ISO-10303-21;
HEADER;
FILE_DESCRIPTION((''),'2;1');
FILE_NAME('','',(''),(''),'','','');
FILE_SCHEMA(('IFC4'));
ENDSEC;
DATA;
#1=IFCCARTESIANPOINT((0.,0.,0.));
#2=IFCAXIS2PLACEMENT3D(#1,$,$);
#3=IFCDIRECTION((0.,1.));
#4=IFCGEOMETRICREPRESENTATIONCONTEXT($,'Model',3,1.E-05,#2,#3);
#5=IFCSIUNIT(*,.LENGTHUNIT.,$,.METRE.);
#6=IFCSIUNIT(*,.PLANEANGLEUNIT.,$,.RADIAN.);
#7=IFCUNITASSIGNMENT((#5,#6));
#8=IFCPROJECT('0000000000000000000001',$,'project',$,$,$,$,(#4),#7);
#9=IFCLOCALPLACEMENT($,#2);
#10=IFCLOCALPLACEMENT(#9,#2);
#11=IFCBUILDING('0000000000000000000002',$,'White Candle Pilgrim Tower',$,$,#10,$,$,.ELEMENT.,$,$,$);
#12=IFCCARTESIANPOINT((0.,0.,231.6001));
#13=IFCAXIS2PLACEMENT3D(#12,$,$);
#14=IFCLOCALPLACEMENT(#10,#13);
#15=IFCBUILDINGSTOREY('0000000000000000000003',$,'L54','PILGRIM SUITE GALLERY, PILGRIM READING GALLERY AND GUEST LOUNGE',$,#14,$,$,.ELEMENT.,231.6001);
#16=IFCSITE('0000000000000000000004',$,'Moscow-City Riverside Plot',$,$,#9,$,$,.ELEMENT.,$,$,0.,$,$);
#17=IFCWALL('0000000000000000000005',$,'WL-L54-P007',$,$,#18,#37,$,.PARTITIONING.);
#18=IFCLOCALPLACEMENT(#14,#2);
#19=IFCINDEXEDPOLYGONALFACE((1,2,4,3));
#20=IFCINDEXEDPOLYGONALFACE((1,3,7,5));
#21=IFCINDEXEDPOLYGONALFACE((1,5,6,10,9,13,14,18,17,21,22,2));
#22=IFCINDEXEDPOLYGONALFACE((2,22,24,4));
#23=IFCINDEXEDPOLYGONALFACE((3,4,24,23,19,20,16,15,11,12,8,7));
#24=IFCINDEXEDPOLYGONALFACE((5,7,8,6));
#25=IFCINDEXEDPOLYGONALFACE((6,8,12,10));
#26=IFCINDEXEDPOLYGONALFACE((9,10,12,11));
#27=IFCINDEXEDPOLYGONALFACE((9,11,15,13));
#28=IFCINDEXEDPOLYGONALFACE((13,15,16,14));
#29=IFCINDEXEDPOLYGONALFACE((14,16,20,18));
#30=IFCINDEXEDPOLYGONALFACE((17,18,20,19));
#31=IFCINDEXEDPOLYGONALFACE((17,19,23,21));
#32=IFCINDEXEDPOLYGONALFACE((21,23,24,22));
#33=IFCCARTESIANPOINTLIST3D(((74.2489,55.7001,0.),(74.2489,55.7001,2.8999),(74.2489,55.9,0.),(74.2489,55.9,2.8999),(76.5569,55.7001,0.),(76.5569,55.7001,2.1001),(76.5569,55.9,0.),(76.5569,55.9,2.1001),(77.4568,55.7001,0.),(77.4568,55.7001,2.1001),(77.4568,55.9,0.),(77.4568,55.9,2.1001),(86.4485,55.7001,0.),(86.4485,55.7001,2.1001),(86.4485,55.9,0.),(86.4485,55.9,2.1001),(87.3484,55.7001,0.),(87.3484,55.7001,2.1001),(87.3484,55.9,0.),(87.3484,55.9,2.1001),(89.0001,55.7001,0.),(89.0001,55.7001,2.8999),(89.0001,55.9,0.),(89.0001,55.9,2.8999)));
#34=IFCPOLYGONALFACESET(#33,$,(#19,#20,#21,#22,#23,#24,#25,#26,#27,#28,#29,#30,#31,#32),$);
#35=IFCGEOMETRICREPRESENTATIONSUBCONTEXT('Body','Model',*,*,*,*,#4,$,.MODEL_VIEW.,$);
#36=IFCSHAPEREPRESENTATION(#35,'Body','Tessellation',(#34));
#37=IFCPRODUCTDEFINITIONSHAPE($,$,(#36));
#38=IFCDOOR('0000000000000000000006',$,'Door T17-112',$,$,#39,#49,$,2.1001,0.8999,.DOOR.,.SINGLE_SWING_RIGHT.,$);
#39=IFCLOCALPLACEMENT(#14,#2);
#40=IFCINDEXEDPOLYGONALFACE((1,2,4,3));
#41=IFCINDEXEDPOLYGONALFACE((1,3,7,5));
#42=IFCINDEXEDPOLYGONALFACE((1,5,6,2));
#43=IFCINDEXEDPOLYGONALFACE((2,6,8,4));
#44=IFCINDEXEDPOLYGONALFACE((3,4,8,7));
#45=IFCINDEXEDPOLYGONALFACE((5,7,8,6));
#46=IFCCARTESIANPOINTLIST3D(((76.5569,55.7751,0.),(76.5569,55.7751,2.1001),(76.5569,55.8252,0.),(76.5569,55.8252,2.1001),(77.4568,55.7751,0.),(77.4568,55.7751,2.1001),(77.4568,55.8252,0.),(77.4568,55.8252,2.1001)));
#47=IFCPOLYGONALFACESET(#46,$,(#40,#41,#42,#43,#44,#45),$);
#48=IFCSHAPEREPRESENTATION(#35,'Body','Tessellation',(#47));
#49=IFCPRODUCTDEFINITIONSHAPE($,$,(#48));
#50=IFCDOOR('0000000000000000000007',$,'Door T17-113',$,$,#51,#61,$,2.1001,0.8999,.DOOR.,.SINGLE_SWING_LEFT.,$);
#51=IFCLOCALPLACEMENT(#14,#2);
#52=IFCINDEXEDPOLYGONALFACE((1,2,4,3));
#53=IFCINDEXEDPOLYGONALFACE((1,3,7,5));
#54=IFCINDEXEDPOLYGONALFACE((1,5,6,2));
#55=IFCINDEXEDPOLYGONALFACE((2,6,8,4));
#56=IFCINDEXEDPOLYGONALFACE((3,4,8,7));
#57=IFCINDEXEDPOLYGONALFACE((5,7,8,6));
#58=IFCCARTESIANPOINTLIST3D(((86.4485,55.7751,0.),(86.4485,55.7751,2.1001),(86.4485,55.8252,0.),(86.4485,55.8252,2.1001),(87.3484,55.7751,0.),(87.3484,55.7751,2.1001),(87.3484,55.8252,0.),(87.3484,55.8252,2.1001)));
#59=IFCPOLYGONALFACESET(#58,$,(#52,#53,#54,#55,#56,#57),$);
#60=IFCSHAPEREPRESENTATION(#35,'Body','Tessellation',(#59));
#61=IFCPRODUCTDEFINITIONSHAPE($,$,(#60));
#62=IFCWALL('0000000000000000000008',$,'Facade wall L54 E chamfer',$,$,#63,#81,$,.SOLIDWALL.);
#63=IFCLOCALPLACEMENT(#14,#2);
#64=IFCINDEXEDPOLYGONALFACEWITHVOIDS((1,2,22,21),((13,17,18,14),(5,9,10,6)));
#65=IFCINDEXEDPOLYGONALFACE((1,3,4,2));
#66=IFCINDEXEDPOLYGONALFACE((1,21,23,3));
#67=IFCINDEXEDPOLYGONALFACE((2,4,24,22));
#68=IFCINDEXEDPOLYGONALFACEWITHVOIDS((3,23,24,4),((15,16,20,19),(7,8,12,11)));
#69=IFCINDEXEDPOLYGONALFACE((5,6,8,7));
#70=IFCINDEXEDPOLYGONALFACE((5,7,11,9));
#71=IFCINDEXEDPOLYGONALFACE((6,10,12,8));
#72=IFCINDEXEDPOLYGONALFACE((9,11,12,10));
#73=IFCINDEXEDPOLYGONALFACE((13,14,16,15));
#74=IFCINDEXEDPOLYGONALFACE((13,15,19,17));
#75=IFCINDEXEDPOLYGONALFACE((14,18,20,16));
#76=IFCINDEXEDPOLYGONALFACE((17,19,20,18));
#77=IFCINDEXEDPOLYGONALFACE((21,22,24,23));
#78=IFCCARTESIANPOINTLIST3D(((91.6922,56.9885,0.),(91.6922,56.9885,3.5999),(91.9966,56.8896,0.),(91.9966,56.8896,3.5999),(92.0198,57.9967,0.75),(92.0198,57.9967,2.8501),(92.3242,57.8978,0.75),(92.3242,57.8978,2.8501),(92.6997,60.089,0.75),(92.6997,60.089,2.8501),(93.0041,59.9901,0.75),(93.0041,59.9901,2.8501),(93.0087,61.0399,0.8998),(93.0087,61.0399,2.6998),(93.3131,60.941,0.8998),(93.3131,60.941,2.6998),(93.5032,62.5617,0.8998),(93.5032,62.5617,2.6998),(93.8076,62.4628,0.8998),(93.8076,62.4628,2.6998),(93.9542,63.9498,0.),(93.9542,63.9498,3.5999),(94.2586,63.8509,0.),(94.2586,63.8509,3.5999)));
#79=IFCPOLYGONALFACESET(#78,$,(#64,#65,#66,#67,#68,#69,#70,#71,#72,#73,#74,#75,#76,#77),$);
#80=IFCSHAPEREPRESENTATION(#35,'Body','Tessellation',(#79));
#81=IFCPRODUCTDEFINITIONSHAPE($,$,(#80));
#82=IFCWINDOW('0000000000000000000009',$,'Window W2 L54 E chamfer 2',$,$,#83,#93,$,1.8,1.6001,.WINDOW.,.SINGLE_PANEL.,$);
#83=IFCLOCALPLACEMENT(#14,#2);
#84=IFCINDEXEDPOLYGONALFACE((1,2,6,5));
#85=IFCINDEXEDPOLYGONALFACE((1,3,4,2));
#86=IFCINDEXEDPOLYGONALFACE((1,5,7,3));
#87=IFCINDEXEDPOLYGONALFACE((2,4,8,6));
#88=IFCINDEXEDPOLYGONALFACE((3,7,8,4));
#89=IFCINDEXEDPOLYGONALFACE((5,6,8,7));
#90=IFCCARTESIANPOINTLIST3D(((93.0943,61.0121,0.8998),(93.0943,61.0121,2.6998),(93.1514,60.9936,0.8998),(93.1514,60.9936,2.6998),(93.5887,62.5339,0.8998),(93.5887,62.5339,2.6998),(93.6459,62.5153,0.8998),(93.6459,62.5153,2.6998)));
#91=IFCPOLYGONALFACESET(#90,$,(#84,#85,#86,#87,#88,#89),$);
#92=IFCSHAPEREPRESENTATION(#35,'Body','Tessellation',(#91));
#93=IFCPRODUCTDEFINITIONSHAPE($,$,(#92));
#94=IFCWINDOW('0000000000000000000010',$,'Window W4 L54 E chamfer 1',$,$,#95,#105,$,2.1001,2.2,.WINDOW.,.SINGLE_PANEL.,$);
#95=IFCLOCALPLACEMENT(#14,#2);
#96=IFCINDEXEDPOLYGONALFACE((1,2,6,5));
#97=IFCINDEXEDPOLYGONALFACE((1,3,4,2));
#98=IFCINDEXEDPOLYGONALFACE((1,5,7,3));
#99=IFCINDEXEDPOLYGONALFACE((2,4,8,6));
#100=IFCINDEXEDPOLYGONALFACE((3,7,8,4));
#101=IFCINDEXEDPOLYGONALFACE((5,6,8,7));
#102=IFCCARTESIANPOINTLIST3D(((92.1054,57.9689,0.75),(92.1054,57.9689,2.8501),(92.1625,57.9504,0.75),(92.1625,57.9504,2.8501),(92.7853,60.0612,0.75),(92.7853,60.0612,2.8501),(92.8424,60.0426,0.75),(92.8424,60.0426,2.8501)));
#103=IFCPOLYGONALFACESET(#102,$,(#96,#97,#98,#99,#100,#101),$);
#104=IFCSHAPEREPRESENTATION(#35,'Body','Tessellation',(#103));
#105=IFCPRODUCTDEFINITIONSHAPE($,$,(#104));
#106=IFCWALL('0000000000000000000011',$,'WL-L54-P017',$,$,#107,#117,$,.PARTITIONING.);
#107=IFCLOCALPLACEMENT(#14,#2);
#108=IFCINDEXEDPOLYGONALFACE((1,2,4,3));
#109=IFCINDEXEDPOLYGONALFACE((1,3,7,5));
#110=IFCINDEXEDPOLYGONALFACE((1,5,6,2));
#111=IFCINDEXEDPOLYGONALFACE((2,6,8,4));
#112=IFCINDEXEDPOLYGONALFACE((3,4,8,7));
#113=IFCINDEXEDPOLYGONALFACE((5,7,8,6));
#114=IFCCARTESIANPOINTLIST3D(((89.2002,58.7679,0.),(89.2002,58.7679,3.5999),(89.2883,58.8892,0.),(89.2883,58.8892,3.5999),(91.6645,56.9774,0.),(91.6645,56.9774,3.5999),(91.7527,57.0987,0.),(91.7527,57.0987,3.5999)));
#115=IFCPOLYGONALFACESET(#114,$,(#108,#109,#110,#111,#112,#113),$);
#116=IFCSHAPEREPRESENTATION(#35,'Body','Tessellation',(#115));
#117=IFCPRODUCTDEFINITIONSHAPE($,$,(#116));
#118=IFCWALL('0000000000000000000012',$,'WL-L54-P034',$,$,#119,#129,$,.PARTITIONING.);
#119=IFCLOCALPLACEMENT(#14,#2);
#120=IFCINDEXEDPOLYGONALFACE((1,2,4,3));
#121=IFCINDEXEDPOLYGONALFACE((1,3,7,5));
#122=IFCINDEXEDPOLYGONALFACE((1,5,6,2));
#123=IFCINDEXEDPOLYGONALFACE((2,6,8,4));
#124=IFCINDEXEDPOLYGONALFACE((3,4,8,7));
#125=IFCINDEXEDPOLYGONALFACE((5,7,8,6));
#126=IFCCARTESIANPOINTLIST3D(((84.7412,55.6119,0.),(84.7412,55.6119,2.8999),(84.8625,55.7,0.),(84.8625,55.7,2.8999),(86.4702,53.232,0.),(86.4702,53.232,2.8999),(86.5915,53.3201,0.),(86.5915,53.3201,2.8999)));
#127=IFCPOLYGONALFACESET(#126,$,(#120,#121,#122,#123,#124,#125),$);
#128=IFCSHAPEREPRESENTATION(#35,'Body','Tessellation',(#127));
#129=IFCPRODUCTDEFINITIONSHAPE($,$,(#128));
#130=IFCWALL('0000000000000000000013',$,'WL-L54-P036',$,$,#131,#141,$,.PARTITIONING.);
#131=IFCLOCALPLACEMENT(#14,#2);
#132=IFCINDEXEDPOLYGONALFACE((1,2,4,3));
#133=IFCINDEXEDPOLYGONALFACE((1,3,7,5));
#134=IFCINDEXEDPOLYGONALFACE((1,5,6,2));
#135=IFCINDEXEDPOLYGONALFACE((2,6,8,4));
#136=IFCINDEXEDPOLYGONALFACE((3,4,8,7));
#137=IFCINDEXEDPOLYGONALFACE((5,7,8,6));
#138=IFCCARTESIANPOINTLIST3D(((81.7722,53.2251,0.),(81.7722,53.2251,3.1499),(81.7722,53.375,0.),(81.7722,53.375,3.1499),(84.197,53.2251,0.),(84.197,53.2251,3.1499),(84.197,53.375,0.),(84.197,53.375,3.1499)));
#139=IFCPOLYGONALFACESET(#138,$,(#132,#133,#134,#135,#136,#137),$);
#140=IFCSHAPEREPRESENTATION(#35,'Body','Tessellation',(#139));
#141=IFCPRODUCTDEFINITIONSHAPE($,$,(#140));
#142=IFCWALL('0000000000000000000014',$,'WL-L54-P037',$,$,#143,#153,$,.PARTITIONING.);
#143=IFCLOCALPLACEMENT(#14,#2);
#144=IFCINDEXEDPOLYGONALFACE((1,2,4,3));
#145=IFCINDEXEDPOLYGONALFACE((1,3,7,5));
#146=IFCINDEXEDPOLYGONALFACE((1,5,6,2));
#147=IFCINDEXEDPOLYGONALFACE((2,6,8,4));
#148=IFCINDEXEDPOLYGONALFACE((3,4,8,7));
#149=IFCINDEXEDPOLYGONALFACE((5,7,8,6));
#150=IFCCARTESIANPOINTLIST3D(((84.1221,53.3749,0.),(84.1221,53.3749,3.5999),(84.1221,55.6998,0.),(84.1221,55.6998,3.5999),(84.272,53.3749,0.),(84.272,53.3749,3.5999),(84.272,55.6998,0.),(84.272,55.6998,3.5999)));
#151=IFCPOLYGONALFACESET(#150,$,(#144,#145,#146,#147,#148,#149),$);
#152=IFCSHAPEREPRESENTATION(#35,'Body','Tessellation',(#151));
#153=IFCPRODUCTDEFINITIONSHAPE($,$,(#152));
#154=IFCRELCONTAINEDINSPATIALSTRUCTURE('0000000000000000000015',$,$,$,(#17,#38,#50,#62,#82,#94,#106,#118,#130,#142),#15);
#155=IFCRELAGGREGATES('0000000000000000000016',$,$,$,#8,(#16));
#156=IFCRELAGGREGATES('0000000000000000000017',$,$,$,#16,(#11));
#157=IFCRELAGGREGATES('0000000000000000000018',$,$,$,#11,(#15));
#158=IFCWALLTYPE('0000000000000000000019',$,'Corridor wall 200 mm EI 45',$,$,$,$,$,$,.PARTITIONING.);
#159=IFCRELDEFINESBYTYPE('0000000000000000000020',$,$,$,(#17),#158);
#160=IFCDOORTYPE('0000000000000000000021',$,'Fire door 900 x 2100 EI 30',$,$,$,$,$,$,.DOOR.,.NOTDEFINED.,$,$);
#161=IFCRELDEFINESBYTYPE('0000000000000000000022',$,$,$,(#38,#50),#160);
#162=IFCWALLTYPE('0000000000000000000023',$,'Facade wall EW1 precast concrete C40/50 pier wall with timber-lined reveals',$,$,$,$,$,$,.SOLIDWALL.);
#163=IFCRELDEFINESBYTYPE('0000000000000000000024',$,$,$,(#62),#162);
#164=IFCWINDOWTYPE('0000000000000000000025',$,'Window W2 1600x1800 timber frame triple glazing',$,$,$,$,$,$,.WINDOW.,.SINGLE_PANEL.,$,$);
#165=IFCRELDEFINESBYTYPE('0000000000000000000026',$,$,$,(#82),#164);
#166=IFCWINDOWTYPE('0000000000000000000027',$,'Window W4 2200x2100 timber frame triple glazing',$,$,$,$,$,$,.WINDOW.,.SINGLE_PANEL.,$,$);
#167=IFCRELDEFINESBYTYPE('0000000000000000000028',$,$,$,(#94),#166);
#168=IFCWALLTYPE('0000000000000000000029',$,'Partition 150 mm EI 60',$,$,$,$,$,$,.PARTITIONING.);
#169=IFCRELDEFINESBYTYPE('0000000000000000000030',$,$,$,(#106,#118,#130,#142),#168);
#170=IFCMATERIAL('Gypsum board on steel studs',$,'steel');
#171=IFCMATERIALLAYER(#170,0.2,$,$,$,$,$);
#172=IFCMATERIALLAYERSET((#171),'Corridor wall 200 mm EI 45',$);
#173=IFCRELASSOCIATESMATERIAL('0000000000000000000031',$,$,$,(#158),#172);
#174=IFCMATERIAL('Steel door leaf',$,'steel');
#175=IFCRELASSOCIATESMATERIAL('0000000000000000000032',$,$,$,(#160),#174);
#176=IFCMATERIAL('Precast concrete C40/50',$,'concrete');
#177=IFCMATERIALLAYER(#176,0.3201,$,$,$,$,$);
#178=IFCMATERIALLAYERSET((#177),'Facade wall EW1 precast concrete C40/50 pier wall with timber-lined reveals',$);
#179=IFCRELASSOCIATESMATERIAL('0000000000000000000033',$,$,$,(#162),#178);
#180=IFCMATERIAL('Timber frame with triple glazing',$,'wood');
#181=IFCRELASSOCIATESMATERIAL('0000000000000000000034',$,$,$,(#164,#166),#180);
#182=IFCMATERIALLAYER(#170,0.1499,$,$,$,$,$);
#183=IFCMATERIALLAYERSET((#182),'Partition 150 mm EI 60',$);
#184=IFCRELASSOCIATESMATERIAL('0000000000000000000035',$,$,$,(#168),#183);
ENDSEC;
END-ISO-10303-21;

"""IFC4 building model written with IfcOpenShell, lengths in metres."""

from ifc_helpers import new_model, si_unit, direction, frame, frame_2d, origin, place, context, subcontext, project, spatial, rectangle, extrude, material, layer, layer_set, type_object, element, fill, save


model = new_model("IFC4")

# Units and contexts
model_context = context("Model", 3, precision=1e-05, world=origin(), true_north=direction((0.0, 1.0)))
body_context = subcontext(model_context, "Body", "Model", "MODEL_VIEW")
ifc_project = project(units=[si_unit("LENGTHUNIT", "METRE"), si_unit("PLANEANGLEUNIT", "RADIAN")], contexts=[model_context])

# Site, building, storey
site_placement = place(None, origin())
site = spatial("IfcSite", under=ifc_project, at=site_placement, Name="Moscow-City Riverside Plot", CompositionType="ELEMENT", RefElevation=0.0)
building_placement = place(site_placement, origin())
building = spatial("IfcBuilding", under=site, at=building_placement, Name="White Candle Pilgrim Tower", CompositionType="ELEMENT")
storey_placement = place(building_placement, frame((0.0, 0.0, 231.6001)))
storey = spatial("IfcBuildingStorey", under=building, at=storey_placement, Name="L54", Description="PILGRIM SUITE GALLERY, PILGRIM READING GALLERY AND GUEST LOUNGE", CompositionType="ELEMENT", Elevation=231.6001)

# Wall, openings, doors
ifc_material_1 = material(Name="Gypsum board on steel studs", Category="steel")
ifc_layer_1 = layer(ifc_material_1, 0.2)
ifc_layer_set_1 = layer_set([ifc_layer_1], Name="Corridor wall 200 mm EI 45")
wall_type_1 = type_object("IfcWallType", Name="Corridor wall 200 mm EI 45", PredefinedType="PARTITIONING", material=ifc_layer_set_1)
wall_1_placement = place(storey_placement, frame((89.0, 55.8, 0.0), z_axis=(0.0, 0.0, 1.0), x_axis=(-1.0, 0.0, 0.0)))
wall_1 = element("IfcWall", 1, at=wall_1_placement, inside=storey, type_object=wall_type_1, Name="WL-L54-P007", PredefinedType="PARTITIONING", context=body_context, shape_type="SweptSolid", body=[
    extrude(rectangle(XDim=14.7512, YDim=0.2, at=frame_2d((7.3755, 0.0))), origin(), (0.0, 0.0, 1.0), 2.8999),
])
opening_1_placement = place(wall_1_placement, frame((11.5432, 0.0, 0.0)))
opening_1 = element("IfcOpeningElement", 2, at=opening_1_placement, cuts=wall_1, PredefinedType="OPENING", context=body_context, shape_type="SweptSolid", body=[
    extrude(rectangle(XDim=0.8999, YDim=2.1001, at=frame_2d((0.45, 1.05))), frame((0.0, 0.1099, 0.0), z_axis=(0.0, -1.0, 0.0), x_axis=(1.0, 0.0, 0.0)), (0.0, 0.0, 1.0), 0.22),
])
opening_2_placement = place(wall_1_placement, frame((1.6516, 0.0, 0.0)))
opening_2 = element("IfcOpeningElement", 3, at=opening_2_placement, cuts=wall_1, PredefinedType="OPENING", context=body_context, shape_type="SweptSolid", body=[
    extrude(rectangle(XDim=0.8999, YDim=2.1001, at=frame_2d((0.45, 1.05))), frame((0.0, 0.1099, 0.0), z_axis=(0.0, -1.0, 0.0), x_axis=(1.0, 0.0, 0.0)), (0.0, 0.0, 1.0), 0.22),
])
ifc_material_2 = material(Name="Steel door leaf", Category="steel")
door_type_1 = type_object("IfcDoorType", Name="Fire door 900 x 2100 EI 30", OperationType="NOTDEFINED", PredefinedType="DOOR", material=ifc_material_2)
door_1_placement = place(opening_1_placement, origin())
door_1 = element("IfcDoor", 4, at=door_1_placement, inside=storey, type_object=door_type_1, Name="Door T17-112", OperationType="SINGLE_SWING_RIGHT", OverallHeight=2.1001, OverallWidth=0.8999, PredefinedType="DOOR", context=body_context, shape_type="SweptSolid", body=[
    extrude(rectangle(XDim=0.8999, YDim=2.1001, at=frame_2d((0.45, 1.05))), frame((0.0, 0.0249, 0.0), z_axis=(0.0, -1.0, 0.0), x_axis=(1.0, 0.0, 0.0)), (0.0, 0.0, 1.0), 0.05),
])
fill(opening_1, door_1)
door_2_placement = place(opening_2_placement, origin())
door_2 = element("IfcDoor", 5, at=door_2_placement, inside=storey, type_object=door_type_1, Name="Door T17-113", OperationType="SINGLE_SWING_LEFT", OverallHeight=2.1001, OverallWidth=0.8999, PredefinedType="DOOR", context=body_context, shape_type="SweptSolid", body=[
    extrude(rectangle(XDim=0.8999, YDim=2.1001, at=frame_2d((0.45, 1.05))), frame((0.0, 0.0249, 0.0), z_axis=(0.0, -1.0, 0.0), x_axis=(1.0, 0.0, 0.0)), (0.0, 0.0, 1.0), 0.05),
])
fill(opening_2, door_2)

# Wall, openings, windows
ifc_material_3 = material(Name="Precast concrete C40/50", Category="concrete")
ifc_layer_2 = layer(ifc_material_3, 0.3201)
ifc_layer_set_2 = layer_set([ifc_layer_2], Name="Facade wall EW1 precast concrete C40/50 pier wall with timber-lined reveals")
wall_type_2 = type_object("IfcWallType", Name="Facade wall EW1 precast concrete C40/50 pier wall with timber-lined reveals", PredefinedType="SOLIDWALL", material=ifc_layer_set_2)
wall_2_placement = place(storey_placement, frame((91.8445, 56.9392, 0.0), z_axis=(0.0, 0.0, 1.0), x_axis=(0.309034, 0.951051, 0.0)))
wall_2 = element("IfcWall", 6, at=wall_2_placement, inside=storey, type_object=wall_type_2, Name="Facade wall L54 E chamfer", PredefinedType="SOLIDWALL", context=body_context, shape_type="SweptSolid", body=[
    extrude(rectangle(XDim=7.3196, YDim=0.3201, at=frame_2d((3.6597, 0.0))), origin(), (0.0, 0.0, 1.0), 3.5999),
])
opening_3_placement = place(wall_2_placement, frame((1.0598, 0.0, 0.75)))
opening_3 = element("IfcOpeningElement", 7, at=opening_3_placement, cuts=wall_2, PredefinedType="OPENING", context=body_context, shape_type="SweptSolid", body=[
    extrude(rectangle(XDim=2.2, YDim=2.1001, at=frame_2d((1.1001, 1.05))), frame((0.0, 0.1699, 0.0), z_axis=(0.0, -1.0, 0.0), x_axis=(1.0, 0.0, 0.0)), (0.0, 0.0, 1.0), 0.3401),
])
opening_4_placement = place(wall_2_placement, frame((4.2598, 0.0, 0.8999)))
opening_4 = element("IfcOpeningElement", 8, at=opening_4_placement, cuts=wall_2, PredefinedType="OPENING", context=body_context, shape_type="SweptSolid", body=[
    extrude(rectangle(XDim=1.6001, YDim=1.8, at=frame_2d((0.8, 0.8999))), frame((0.0, 0.1699, 0.0), z_axis=(0.0, -1.0, 0.0), x_axis=(1.0, 0.0, 0.0)), (0.0, 0.0, 1.0), 0.3401),
])
ifc_material_4 = material(Name="Timber frame with triple glazing", Category="wood")
window_type_1 = type_object("IfcWindowType", Name="Window W2 1600x1800 timber frame triple glazing", PartitioningType="SINGLE_PANEL", PredefinedType="WINDOW", material=ifc_material_4)
window_1_placement = place(opening_4_placement, origin())
window_1 = element("IfcWindow", 9, at=window_1_placement, inside=storey, type_object=window_type_1, Name="Window W2 L54 E chamfer 2", OverallHeight=1.8, OverallWidth=1.6001, PartitioningType="SINGLE_PANEL", PredefinedType="WINDOW", context=body_context, shape_type="SweptSolid", body=[
    extrude(rectangle(XDim=1.6001, YDim=1.8, at=frame_2d((0.8, 0.8999))), frame((0.0, 0.0701, 0.0), z_axis=(0.0, -1.0, 0.0), x_axis=(1.0, 0.0, 0.0)), (0.0, 0.0, 1.0), 0.0601),
])
fill(opening_4, window_1)
window_type_2 = type_object("IfcWindowType", Name="Window W4 2200x2100 timber frame triple glazing", PartitioningType="SINGLE_PANEL", PredefinedType="WINDOW", material=ifc_material_4)
window_2_placement = place(opening_3_placement, origin())
window_2 = element("IfcWindow", 10, at=window_2_placement, inside=storey, type_object=window_type_2, Name="Window W4 L54 E chamfer 1", OverallHeight=2.1001, OverallWidth=2.2, PartitioningType="SINGLE_PANEL", PredefinedType="WINDOW", context=body_context, shape_type="SweptSolid", body=[
    extrude(rectangle(XDim=2.2, YDim=2.1001, at=frame_2d((1.1001, 1.05))), frame((0.0, 0.0701, 0.0), z_axis=(0.0, -1.0, 0.0), x_axis=(1.0, 0.0, 0.0)), (0.0, 0.0, 1.0), 0.0601),
])
fill(opening_3, window_2)

# Walls
ifc_layer_3 = layer(ifc_material_1, 0.1499)
ifc_layer_set_3 = layer_set([ifc_layer_3], Name="Partition 150 mm EI 60")
wall_type_3 = type_object("IfcWallType", Name="Partition 150 mm EI 60", PredefinedType="PARTITIONING", material=ifc_layer_set_3)
wall_3_placement = place(storey_placement, frame((91.7085, 57.0381, 0.0), z_axis=(0.0, 0.0, 1.0), x_axis=(-0.809006, 0.5878, 0.0)))
element("IfcWall", 11, at=wall_3_placement, inside=storey, type_object=wall_type_3, Name="WL-L54-P017", PredefinedType="PARTITIONING", context=body_context, shape_type="SweptSolid", body=[
    extrude(rectangle(XDim=3.0461, YDim=0.1499, at=frame_2d((1.5229, 0.0))), origin(), (0.0, 0.0, 1.0), 3.5999),
])
wall_4_placement = place(storey_placement, frame((86.5308, 53.2761, 0.0), z_axis=(0.0, 0.0, 1.0), x_axis=(-0.587767, 0.80903, 0.0)))
element("IfcWall", 12, at=wall_4_placement, inside=storey, type_object=wall_type_3, Name="WL-L54-P034", PredefinedType="PARTITIONING", context=body_context, shape_type="SweptSolid", body=[
    extrude(rectangle(XDim=2.9417, YDim=0.1499, at=frame_2d((1.4707, 0.0))), origin(), (0.0, 0.0, 1.0), 2.8999),
])
wall_5_placement = place(storey_placement, frame((84.197, 53.3, 0.0), z_axis=(0.0, 0.0, 1.0), x_axis=(-1.0, 0.0, 0.0)))
element("IfcWall", 13, at=wall_5_placement, inside=storey, type_object=wall_type_3, Name="WL-L54-P036", PredefinedType="PARTITIONING", context=body_context, shape_type="SweptSolid", body=[
    extrude(rectangle(XDim=2.4248, YDim=0.1499, at=frame_2d((1.2124, 0.0))), origin(), (0.0, 0.0, 1.0), 3.1499),
])
wall_6_placement = place(storey_placement, frame((84.197, 55.7, 0.0), z_axis=(0.0, 0.0, 1.0), x_axis=(0.0, -1.0, 0.0)))
element("IfcWall", 14, at=wall_6_placement, inside=storey, type_object=wall_type_3, Name="WL-L54-P037", PredefinedType="PARTITIONING", context=body_context, shape_type="SweptSolid", body=[
    extrude(rectangle(XDim=2.325, YDim=0.1499, at=frame_2d((1.1626, 0.0))), origin(), (0.0, 0.0, 1.0), 3.5999),
])

save(model, "model.ifc")
